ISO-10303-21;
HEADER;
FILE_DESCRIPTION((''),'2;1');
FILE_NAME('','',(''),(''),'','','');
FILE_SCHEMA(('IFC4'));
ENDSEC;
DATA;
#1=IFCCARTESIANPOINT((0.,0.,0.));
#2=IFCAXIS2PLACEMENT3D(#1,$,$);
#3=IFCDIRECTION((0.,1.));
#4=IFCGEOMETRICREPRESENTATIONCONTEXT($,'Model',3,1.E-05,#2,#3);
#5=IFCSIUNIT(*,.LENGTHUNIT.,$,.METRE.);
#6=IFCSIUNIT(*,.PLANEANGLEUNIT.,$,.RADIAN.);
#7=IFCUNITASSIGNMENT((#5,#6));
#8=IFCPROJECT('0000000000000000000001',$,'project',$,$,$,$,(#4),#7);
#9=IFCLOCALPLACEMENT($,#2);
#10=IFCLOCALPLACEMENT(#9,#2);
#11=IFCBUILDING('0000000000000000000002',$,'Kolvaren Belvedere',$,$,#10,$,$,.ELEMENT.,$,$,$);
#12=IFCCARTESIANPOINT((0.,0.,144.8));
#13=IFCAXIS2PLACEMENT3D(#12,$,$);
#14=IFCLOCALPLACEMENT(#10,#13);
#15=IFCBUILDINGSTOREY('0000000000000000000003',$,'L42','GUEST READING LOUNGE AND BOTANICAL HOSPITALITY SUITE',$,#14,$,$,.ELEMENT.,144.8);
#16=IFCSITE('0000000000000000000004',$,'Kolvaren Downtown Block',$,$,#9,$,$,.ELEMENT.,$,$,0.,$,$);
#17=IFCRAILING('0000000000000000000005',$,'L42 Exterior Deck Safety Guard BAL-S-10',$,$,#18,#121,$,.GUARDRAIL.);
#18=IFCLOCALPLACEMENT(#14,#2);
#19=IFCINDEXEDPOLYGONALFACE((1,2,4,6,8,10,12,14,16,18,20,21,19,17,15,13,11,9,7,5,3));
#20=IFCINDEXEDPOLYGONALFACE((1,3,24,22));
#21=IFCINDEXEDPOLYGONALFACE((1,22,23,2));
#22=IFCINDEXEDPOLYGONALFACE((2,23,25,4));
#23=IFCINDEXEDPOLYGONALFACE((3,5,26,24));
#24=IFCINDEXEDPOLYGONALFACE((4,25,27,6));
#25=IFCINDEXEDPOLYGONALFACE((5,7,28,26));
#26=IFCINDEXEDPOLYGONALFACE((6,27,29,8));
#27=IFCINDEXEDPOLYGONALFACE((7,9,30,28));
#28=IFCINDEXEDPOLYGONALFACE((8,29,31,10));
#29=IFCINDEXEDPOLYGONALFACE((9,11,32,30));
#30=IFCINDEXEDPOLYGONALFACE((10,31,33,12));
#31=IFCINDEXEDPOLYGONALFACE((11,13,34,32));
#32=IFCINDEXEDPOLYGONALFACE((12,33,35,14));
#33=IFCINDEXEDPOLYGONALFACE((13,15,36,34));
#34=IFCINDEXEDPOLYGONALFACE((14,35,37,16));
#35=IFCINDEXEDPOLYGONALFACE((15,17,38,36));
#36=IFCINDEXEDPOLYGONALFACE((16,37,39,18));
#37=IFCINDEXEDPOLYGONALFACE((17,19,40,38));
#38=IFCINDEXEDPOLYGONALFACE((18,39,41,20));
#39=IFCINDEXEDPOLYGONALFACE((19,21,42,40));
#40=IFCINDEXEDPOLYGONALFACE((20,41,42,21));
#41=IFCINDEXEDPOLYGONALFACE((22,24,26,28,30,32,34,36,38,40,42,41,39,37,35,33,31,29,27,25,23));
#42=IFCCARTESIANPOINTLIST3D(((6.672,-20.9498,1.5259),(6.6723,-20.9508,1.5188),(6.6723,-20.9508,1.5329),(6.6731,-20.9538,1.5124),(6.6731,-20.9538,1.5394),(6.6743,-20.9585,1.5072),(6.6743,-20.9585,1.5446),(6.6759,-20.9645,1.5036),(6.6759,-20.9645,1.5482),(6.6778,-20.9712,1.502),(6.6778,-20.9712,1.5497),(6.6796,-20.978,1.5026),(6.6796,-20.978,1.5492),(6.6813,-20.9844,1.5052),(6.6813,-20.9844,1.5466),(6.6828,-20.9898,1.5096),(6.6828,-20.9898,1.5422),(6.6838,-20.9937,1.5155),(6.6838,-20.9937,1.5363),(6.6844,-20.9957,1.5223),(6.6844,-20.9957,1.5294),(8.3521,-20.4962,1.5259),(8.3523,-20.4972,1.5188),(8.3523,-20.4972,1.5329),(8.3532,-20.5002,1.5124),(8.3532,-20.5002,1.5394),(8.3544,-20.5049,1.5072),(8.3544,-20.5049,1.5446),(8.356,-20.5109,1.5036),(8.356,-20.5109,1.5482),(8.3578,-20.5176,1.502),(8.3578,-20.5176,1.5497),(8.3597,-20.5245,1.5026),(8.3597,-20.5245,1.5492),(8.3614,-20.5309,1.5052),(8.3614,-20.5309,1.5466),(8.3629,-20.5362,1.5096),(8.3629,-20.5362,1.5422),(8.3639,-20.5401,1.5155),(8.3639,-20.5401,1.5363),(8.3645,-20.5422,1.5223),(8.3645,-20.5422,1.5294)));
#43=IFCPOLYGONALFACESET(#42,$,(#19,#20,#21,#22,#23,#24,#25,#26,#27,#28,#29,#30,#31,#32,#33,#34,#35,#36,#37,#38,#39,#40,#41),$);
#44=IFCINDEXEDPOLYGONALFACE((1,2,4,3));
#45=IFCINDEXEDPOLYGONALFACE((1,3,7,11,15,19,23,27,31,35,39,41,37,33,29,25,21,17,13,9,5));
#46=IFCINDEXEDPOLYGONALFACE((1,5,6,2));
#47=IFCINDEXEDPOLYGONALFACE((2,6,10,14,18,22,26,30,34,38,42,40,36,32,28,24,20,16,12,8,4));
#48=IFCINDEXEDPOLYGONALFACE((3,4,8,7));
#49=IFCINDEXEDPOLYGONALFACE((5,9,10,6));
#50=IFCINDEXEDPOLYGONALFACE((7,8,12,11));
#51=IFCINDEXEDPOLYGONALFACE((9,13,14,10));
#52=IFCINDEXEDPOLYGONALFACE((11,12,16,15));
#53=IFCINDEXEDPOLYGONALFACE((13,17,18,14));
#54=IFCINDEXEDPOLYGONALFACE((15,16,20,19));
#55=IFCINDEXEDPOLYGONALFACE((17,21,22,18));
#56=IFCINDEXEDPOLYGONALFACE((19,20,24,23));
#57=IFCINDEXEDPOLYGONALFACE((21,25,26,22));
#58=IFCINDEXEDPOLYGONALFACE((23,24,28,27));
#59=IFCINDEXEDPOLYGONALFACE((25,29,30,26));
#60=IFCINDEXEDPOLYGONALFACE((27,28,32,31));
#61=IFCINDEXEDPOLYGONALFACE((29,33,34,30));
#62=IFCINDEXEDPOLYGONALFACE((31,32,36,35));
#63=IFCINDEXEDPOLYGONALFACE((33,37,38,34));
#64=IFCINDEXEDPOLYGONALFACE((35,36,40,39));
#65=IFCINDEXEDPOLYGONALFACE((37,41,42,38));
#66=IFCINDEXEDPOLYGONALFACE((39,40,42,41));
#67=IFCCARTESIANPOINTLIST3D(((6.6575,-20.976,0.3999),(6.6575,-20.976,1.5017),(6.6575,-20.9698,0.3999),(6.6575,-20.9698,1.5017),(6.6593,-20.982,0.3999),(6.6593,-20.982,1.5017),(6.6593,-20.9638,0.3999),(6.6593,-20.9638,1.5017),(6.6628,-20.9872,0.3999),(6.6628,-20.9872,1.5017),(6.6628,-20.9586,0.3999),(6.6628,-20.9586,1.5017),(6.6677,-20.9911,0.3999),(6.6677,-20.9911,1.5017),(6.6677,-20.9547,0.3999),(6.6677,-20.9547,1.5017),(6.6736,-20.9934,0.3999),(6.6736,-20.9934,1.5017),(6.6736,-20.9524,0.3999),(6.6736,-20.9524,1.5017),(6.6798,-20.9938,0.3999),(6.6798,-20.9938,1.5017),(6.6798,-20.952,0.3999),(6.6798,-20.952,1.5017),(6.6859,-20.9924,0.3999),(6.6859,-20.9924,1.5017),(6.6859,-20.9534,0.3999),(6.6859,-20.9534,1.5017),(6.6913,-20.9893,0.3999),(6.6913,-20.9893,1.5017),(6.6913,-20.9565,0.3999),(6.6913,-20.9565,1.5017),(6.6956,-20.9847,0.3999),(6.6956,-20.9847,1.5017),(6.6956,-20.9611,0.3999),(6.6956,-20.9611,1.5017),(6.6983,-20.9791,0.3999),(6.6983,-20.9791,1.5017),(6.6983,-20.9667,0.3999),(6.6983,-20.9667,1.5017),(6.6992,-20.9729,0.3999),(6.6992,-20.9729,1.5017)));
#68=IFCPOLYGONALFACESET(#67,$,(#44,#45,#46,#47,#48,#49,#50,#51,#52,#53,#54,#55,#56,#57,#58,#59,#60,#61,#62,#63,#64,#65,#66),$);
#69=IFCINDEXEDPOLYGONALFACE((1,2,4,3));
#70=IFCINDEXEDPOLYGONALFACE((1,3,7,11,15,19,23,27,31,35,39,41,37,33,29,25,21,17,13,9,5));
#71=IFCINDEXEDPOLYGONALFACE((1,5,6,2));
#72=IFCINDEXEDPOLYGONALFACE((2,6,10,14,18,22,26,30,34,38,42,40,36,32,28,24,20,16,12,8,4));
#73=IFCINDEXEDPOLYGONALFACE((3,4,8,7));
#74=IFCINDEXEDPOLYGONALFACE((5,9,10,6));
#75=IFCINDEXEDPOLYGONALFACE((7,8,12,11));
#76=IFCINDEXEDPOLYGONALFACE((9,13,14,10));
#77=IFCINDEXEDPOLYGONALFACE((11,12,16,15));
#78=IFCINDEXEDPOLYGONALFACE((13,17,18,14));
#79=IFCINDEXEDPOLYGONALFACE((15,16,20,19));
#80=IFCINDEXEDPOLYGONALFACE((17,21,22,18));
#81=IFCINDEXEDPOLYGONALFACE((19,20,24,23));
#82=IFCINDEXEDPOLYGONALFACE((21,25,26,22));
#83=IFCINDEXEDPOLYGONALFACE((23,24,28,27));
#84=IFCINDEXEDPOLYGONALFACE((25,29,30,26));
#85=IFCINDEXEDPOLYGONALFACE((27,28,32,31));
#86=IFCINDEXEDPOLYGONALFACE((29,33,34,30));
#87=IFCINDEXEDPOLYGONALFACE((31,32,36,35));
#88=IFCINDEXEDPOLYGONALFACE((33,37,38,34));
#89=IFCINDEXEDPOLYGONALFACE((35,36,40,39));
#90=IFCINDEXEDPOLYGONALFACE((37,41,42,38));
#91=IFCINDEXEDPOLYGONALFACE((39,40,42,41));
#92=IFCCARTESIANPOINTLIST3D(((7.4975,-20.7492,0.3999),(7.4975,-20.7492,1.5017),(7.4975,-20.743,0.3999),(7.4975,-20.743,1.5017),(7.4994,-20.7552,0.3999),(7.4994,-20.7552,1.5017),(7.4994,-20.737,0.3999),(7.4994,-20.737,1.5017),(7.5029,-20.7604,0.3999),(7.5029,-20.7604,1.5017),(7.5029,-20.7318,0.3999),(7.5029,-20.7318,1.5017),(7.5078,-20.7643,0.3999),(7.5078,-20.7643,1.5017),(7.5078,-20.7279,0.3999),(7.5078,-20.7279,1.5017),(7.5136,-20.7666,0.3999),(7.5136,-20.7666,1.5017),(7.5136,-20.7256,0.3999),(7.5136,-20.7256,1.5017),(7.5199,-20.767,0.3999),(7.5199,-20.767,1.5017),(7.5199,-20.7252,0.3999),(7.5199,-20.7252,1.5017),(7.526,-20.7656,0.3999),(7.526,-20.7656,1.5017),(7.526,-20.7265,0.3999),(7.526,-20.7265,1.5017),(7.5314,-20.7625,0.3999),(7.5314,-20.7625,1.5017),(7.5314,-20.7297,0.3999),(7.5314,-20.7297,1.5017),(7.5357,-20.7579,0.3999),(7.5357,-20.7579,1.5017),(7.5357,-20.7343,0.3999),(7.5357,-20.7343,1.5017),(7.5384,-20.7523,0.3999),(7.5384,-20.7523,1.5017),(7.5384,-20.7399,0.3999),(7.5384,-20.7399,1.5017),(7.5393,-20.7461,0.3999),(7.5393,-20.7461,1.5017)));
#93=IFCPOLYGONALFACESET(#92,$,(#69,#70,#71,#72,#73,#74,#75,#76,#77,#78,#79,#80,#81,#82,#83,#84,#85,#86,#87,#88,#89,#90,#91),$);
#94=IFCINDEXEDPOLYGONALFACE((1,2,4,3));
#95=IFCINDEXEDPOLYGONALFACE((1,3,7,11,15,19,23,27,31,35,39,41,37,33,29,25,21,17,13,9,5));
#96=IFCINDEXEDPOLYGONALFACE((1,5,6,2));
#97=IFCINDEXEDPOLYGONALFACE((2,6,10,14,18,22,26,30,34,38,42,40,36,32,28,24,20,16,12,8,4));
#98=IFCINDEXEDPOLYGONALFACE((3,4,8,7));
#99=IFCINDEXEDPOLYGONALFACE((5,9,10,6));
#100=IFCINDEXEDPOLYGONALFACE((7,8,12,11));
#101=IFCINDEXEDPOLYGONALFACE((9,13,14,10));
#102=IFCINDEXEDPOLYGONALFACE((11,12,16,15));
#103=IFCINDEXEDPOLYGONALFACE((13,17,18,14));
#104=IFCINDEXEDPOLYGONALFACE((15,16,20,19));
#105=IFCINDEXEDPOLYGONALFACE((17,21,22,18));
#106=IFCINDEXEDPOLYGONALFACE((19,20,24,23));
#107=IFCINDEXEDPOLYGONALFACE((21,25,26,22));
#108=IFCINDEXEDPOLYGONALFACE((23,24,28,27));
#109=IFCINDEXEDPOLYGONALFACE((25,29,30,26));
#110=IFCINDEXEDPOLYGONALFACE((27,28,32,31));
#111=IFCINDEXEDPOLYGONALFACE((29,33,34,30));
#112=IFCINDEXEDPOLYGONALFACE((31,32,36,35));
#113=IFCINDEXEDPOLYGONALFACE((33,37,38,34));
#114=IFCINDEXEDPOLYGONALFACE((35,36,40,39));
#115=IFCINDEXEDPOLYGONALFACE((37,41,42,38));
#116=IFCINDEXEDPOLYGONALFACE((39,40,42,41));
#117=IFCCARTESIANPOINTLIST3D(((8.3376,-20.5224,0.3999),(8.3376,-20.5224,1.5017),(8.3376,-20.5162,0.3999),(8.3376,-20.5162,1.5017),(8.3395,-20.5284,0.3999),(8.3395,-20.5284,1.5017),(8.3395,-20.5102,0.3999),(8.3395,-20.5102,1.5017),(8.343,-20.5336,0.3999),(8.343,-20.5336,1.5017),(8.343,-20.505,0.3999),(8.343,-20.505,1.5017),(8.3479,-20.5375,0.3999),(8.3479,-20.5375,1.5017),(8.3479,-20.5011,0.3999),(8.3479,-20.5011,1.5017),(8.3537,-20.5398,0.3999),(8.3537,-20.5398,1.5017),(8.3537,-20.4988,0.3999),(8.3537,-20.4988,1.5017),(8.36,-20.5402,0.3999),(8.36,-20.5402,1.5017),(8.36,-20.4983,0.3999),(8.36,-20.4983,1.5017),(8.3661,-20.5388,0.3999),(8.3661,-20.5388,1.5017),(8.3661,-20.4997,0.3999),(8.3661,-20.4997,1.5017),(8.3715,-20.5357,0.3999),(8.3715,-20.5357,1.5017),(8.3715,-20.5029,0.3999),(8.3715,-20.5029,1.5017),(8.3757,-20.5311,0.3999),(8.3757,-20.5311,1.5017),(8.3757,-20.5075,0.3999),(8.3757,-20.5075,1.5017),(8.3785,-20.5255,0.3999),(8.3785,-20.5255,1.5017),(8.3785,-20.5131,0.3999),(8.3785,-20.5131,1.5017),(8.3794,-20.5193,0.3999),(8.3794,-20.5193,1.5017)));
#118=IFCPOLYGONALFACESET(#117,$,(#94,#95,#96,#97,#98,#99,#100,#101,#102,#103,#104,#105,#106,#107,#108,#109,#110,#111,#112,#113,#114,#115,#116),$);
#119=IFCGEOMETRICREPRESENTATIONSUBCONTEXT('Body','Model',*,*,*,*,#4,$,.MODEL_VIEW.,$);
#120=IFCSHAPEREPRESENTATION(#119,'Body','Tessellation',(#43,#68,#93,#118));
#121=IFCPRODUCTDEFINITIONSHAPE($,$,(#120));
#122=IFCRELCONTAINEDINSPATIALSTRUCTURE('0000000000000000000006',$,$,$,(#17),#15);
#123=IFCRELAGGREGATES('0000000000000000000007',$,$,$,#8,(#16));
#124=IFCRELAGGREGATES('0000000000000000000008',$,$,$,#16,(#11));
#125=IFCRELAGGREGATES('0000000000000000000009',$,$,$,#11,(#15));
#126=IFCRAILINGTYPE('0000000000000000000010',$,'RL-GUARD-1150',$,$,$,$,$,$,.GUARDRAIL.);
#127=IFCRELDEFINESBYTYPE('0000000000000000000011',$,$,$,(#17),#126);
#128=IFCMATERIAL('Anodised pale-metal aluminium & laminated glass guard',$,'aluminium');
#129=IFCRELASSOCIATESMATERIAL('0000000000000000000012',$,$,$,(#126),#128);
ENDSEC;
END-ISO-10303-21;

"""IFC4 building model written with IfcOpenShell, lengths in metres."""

from ifc_helpers import new_model, si_unit, direction, frame, origin, origin_2d, place, context, subcontext, project, spatial, circle, extrude, material, type_object, element, save


model = new_model("IFC4")

# Units and contexts
model_context = context("Model", 3, precision=1e-05, world=origin(), true_north=direction((0.0, 1.0)))
body_context = subcontext(model_context, "Body", "Model", "MODEL_VIEW")
ifc_project = project(units=[si_unit("LENGTHUNIT", "METRE"), si_unit("PLANEANGLEUNIT", "RADIAN")], contexts=[model_context])

# Site, building, storey
site_placement = place(None, origin())
site = spatial("IfcSite", under=ifc_project, at=site_placement, Name="Kolvaren Downtown Block", CompositionType="ELEMENT", RefElevation=0.0)
building_placement = place(site_placement, origin())
building = spatial("IfcBuilding", under=site, at=building_placement, Name="Kolvaren Belvedere", CompositionType="ELEMENT")
storey_placement = place(building_placement, frame((0.0, 0.0, 144.8)))
storey = spatial("IfcBuildingStorey", under=building, at=storey_placement, Name="L42", Description="GUEST READING LOUNGE AND BOTANICAL HOSPITALITY SUITE", CompositionType="ELEMENT", Elevation=144.8)

# Railing
ifc_material_1 = material(Name="Anodised pale-metal aluminium & laminated glass guard", Category="aluminium")
railing_type = type_object("IfcRailingType", Name="RL-GUARD-1150", PredefinedType="GUARDRAIL", material=ifc_material_1)
railing_1_placement = place(storey_placement, frame((6.6782, -20.9729, 0.3999)))
element("IfcRailing", 1, at=railing_1_placement, inside=storey, type_object=railing_type, Name="L42 Exterior Deck Safety Guard BAL-S-10", PredefinedType="GUARDRAIL", context=body_context, shape_type="SweptSolid", body=[
    extrude(circle(Radius=0.0239, at=origin_2d()), frame((0.0, 0.0, 1.126), z_axis=(0.965434, 0.260648, 0.0), x_axis=(-0.260648, 0.965434, 0.0)), (0.0, 0.0, 1.0), 1.7402),
    extrude(circle(Radius=0.021, at=origin_2d()), origin(), (0.0, 0.0, 1.0), 1.1018),
    extrude(circle(Radius=0.021, at=origin_2d()), frame((0.8401, 0.2268, 0.0)), (0.0, 0.0, 1.0), 1.1018),
    extrude(circle(Radius=0.021, at=origin_2d()), frame((1.6802, 0.4536, 0.0)), (0.0, 0.0, 1.0), 1.1018),
])

save(model, "model.ifc")
